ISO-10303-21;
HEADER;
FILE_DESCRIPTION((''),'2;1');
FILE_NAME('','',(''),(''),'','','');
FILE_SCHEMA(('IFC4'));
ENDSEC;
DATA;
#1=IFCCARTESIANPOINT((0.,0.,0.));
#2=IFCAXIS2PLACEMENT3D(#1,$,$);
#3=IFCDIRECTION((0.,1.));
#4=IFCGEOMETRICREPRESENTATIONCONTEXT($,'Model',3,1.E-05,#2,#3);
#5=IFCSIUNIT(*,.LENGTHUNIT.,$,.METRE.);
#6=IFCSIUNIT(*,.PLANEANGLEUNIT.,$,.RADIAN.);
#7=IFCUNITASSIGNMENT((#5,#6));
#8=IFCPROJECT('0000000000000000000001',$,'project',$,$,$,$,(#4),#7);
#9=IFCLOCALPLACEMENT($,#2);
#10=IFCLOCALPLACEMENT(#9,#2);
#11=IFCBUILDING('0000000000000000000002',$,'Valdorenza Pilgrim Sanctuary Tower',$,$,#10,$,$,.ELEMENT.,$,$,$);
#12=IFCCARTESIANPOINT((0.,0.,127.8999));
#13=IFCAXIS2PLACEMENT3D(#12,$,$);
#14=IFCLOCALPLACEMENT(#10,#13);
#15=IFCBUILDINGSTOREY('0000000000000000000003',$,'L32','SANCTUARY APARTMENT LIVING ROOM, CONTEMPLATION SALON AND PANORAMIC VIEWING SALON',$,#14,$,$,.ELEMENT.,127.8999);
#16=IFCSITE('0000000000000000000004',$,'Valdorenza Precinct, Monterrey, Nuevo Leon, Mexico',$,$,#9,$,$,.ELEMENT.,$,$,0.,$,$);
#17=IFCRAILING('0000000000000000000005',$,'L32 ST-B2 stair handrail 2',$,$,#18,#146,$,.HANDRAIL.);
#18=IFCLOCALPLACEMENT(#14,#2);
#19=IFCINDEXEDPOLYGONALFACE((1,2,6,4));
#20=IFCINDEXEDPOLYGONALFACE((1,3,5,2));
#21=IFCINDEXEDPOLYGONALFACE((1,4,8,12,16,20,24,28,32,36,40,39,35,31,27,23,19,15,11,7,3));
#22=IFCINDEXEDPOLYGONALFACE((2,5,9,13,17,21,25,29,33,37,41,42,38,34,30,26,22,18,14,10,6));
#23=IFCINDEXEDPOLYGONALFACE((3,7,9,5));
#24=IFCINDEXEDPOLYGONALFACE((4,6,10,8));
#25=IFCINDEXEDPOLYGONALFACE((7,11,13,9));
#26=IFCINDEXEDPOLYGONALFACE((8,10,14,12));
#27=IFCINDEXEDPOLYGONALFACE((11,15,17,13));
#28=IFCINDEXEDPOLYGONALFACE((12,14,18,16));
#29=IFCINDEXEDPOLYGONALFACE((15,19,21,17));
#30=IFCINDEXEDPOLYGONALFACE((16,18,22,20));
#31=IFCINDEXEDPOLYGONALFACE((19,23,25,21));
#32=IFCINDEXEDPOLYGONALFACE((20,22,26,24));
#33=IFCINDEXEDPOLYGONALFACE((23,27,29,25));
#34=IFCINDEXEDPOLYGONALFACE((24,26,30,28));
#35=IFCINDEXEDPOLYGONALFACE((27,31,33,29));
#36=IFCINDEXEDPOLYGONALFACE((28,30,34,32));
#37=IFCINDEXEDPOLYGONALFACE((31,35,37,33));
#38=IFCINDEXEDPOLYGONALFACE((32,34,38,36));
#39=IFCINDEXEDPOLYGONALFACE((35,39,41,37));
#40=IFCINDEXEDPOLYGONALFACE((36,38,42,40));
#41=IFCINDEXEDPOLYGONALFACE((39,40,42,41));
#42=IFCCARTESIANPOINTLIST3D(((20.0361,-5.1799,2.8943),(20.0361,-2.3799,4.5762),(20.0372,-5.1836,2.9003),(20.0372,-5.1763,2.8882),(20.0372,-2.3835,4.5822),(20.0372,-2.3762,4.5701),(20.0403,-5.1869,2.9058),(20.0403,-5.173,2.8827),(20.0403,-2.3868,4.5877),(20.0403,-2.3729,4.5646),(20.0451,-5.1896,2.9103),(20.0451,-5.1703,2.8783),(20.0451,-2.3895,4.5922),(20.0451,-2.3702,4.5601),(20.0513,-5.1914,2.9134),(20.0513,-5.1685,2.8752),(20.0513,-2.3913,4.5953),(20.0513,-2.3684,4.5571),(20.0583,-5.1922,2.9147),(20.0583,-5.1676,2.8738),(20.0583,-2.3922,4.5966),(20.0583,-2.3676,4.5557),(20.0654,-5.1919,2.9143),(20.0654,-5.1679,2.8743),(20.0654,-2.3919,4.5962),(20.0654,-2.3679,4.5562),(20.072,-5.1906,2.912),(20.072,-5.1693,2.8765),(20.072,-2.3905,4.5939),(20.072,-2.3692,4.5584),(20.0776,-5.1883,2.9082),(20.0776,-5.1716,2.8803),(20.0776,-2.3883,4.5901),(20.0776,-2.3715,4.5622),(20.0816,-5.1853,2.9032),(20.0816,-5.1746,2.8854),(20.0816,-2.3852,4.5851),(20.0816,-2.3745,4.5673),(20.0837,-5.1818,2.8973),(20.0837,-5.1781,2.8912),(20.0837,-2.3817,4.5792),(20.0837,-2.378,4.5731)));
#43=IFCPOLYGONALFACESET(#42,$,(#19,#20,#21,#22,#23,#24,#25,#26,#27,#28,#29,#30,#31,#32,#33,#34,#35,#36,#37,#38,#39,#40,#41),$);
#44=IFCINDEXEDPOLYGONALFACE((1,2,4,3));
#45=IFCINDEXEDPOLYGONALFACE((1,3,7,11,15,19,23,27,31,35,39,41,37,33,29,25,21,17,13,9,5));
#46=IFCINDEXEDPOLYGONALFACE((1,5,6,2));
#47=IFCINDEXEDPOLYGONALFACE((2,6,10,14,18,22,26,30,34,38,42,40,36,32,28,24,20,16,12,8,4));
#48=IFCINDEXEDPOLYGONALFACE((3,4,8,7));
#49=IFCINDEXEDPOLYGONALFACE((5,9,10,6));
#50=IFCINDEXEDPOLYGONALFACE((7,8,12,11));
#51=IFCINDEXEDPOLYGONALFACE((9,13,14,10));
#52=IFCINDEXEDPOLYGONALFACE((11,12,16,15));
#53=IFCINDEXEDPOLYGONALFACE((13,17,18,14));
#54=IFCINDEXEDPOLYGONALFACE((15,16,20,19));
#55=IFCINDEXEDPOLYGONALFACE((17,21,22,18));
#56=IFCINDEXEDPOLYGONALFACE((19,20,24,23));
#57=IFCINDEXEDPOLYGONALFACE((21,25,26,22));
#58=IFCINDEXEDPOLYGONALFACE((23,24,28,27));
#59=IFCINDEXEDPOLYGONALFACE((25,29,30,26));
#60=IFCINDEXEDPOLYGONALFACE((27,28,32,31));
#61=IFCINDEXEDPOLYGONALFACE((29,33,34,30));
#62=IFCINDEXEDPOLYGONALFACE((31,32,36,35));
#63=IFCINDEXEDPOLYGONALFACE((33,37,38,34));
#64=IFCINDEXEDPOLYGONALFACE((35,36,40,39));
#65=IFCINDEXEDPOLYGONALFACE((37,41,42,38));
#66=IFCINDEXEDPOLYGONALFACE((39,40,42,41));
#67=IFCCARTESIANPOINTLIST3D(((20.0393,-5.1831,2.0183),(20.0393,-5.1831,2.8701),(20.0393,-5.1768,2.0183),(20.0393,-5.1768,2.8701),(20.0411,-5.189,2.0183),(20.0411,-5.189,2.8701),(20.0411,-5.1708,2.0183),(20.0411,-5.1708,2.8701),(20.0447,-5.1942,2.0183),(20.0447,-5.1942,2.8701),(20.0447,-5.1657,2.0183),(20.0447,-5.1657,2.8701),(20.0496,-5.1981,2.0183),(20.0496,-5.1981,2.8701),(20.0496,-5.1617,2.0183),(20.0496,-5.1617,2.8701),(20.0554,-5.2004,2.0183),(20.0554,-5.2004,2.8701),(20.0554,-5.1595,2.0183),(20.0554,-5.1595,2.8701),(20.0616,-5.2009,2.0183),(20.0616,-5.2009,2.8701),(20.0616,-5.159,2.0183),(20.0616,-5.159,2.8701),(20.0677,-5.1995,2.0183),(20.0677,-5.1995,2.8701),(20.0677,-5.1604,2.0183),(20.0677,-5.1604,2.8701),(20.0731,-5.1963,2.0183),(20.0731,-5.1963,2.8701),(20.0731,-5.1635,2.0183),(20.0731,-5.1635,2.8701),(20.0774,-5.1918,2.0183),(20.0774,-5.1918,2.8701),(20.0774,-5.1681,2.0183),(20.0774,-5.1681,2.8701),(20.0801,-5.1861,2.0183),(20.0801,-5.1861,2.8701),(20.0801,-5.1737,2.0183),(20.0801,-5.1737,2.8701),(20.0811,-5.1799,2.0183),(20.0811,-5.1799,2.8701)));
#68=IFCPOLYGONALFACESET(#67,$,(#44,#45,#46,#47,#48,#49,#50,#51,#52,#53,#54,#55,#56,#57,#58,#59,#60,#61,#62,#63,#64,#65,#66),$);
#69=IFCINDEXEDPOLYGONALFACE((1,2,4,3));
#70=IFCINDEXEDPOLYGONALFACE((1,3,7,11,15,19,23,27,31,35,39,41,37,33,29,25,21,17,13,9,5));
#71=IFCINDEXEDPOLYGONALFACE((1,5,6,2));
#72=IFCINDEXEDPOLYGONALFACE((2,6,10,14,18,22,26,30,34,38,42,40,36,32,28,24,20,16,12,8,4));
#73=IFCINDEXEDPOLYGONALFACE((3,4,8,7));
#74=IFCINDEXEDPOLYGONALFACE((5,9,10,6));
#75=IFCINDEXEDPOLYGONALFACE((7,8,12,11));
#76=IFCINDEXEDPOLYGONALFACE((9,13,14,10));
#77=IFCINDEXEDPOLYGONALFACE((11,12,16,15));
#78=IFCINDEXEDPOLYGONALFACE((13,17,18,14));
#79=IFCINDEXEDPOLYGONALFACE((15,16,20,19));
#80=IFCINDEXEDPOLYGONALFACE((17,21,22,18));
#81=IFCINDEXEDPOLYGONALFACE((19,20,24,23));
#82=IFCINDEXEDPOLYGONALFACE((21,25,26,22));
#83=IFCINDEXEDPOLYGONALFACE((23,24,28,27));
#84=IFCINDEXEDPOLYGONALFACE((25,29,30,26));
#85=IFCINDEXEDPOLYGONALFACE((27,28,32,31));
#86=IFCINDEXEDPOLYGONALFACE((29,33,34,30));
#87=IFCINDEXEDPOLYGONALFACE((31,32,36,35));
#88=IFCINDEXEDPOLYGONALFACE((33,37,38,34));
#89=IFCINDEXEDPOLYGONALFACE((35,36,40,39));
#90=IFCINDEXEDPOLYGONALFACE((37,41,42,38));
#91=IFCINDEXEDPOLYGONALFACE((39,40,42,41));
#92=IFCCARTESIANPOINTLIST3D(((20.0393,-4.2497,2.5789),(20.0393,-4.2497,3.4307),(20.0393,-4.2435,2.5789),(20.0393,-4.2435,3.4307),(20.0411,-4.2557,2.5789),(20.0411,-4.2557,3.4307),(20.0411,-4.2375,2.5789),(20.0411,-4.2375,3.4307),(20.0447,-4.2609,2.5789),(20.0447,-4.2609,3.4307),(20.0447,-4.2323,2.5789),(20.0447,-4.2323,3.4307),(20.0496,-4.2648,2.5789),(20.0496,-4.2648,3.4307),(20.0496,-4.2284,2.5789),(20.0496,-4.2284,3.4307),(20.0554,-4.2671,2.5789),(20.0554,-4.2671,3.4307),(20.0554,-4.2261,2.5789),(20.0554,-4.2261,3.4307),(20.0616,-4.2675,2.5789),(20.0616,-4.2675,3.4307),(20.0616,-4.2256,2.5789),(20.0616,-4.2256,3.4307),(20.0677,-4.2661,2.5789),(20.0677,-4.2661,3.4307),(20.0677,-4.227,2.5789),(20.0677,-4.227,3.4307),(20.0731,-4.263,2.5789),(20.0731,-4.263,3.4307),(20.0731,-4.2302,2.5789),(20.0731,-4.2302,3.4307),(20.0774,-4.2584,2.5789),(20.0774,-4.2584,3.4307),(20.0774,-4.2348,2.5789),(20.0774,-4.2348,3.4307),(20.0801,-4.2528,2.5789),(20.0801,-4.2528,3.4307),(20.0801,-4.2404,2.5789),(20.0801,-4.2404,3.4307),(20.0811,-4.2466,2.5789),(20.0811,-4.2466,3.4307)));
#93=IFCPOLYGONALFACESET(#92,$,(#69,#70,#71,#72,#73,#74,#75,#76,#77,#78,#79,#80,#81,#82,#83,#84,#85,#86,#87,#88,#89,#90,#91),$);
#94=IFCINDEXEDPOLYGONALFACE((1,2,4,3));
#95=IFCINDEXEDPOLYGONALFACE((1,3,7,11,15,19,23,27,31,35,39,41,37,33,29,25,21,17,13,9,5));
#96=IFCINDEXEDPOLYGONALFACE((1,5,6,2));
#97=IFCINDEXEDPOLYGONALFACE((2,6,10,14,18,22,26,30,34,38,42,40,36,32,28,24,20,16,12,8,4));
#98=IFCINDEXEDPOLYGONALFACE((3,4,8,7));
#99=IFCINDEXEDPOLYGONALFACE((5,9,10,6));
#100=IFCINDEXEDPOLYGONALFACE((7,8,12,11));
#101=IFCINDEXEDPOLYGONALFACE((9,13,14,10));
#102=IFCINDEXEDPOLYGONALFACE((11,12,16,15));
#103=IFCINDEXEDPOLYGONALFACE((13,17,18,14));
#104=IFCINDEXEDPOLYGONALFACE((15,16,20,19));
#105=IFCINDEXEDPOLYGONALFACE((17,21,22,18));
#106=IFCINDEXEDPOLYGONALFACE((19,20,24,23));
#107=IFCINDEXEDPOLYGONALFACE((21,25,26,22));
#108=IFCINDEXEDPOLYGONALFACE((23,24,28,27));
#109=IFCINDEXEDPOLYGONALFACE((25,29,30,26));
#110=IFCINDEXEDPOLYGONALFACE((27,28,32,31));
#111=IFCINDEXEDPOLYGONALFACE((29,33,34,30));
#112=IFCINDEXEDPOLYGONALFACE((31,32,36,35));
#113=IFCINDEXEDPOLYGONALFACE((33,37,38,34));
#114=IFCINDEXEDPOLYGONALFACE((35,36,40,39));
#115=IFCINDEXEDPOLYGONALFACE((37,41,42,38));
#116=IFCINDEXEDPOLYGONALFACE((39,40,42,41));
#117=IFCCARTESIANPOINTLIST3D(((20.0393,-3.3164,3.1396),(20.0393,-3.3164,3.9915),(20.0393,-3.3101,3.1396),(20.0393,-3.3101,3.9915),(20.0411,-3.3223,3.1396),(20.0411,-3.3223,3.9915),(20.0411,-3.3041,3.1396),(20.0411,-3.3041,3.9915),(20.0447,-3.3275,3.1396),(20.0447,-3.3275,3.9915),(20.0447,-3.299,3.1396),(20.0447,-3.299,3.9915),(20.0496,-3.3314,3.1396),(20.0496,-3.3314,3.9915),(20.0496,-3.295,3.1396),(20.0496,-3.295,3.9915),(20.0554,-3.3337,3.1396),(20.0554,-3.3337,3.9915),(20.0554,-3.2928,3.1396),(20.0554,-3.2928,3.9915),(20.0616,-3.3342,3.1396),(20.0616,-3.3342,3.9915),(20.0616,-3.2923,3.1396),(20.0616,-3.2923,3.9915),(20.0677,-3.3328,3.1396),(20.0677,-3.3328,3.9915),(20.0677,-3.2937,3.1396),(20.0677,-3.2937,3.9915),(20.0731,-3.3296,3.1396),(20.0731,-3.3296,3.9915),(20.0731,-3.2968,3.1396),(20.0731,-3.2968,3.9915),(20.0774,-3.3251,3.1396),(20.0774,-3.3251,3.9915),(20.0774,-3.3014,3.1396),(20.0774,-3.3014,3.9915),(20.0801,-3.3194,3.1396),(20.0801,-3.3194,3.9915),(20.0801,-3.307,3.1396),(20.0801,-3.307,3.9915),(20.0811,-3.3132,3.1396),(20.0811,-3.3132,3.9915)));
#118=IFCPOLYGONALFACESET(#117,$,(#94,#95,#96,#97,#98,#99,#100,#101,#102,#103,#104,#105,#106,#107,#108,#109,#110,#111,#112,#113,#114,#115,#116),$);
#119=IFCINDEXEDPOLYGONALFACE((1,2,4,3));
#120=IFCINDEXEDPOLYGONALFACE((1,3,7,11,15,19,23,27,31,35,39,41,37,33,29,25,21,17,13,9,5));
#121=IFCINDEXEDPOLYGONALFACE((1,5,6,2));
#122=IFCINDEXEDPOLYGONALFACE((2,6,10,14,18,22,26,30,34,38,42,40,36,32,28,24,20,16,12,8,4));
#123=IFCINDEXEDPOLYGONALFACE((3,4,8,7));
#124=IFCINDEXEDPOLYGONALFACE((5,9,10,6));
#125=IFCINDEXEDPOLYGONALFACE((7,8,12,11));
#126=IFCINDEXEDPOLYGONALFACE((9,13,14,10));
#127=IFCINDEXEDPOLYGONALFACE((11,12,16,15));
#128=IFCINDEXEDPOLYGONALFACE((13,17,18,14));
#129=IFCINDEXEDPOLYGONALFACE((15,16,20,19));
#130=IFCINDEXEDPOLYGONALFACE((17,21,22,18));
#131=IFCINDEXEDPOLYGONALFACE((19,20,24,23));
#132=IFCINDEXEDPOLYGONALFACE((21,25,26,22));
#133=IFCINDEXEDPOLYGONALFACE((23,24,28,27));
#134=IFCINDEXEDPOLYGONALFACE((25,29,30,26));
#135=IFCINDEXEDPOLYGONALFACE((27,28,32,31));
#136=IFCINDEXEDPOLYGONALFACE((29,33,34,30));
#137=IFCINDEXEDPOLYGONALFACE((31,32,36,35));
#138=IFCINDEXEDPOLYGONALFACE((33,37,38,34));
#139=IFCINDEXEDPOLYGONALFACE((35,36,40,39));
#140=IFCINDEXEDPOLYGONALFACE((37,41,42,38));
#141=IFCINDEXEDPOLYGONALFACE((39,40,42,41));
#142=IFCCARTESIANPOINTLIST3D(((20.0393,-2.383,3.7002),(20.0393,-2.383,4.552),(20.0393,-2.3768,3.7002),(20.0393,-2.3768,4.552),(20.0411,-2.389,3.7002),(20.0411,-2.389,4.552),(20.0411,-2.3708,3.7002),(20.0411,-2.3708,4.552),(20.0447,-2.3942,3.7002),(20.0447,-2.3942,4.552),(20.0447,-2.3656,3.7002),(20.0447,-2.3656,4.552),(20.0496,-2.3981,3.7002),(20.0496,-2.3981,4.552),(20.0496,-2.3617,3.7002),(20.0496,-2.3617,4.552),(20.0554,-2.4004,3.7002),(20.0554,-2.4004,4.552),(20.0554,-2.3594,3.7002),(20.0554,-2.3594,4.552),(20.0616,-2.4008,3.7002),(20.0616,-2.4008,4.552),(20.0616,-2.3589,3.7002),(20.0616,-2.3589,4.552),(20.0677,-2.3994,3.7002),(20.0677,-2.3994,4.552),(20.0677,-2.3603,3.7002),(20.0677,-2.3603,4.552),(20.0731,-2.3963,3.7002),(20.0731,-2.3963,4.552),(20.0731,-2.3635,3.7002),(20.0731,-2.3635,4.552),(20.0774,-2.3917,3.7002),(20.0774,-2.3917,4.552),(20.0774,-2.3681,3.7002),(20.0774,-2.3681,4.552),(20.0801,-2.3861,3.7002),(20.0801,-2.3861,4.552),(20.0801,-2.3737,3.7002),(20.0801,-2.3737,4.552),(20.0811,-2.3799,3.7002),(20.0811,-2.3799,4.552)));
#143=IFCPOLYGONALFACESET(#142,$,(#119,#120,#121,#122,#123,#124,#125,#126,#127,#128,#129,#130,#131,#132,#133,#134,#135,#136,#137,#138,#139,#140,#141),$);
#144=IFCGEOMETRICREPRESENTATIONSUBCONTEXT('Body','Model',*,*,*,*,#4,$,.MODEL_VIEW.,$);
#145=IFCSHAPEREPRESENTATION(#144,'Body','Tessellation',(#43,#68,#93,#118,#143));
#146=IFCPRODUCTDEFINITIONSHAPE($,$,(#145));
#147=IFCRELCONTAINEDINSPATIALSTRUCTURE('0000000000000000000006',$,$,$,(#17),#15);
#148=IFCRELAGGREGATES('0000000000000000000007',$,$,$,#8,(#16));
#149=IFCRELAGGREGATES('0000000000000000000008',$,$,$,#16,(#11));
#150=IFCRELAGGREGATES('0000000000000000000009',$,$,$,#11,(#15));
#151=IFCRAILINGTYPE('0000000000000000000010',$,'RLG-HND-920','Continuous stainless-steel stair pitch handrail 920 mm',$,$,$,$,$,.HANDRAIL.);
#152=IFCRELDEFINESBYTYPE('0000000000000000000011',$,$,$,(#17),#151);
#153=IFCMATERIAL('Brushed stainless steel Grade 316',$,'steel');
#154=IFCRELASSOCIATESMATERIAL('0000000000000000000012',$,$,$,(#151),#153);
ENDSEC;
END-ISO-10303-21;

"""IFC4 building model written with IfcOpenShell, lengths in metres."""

from ifc_helpers import new_model, si_unit, direction, frame, origin, origin_2d, place, context, subcontext, project, spatial, circle, extrude, material, type_object, element, save


model = new_model("IFC4")

# Units and contexts
model_context = context("Model", 3, precision=1e-05, world=origin(), true_north=direction((0.0, 1.0)))
body_context = subcontext(model_context, "Body", "Model", "MODEL_VIEW")
ifc_project = project(units=[si_unit("LENGTHUNIT", "METRE"), si_unit("PLANEANGLEUNIT", "RADIAN")], contexts=[model_context])

# Site, building, storey
site_placement = place(None, origin())
site = spatial("IfcSite", under=ifc_project, at=site_placement, Name="Valdorenza Precinct, Monterrey, Nuevo Leon, Mexico", CompositionType="ELEMENT", RefElevation=0.0)
building_placement = place(site_placement, origin())
building = spatial("IfcBuilding", under=site, at=building_placement, Name="Valdorenza Pilgrim Sanctuary Tower", CompositionType="ELEMENT")
storey_placement = place(building_placement, frame((0.0, 0.0, 127.8999)))
storey = spatial("IfcBuildingStorey", under=building, at=storey_placement, Name="L32", Description="SANCTUARY APARTMENT LIVING ROOM, CONTEMPLATION SALON AND PANORAMIC VIEWING SALON", CompositionType="ELEMENT", Elevation=127.8999)

# Railing
ifc_material_1 = material(Name="Brushed stainless steel Grade 316", Category="steel")
railing_type_1 = type_object("IfcRailingType", Name="RLG-HND-920", Description="Continuous stainless-steel stair pitch handrail 920 mm", PredefinedType="HANDRAIL", material=ifc_material_1)
railing_1_placement = place(storey_placement, frame((20.0601, -5.1799, 2.0183)))
element("IfcRailing", 1, at=railing_1_placement, inside=storey, type_object=railing_type_1, Name="L32 ST-B2 stair handrail 2", PredefinedType="HANDRAIL", context=body_context, shape_type="SweptSolid", body=[
    extrude(circle(Radius=0.0239, at=origin_2d()), frame((0.0, 0.0, 0.876), z_axis=(0.0, 0.857242, 0.514913), x_axis=(-1.0, 0.0, 0.0)), (0.0, 0.0, 1.0), 3.2664),
    extrude(circle(Radius=0.021, at=origin_2d()), origin(), (0.0, 0.0, 1.0), 0.8518),
    extrude(circle(Radius=0.021, at=origin_2d()), frame((0.0, 0.9333, 0.5605)), (0.0, 0.0, 1.0), 0.8518),
    extrude(circle(Radius=0.021, at=origin_2d()), frame((0.0, 1.8667, 1.1213)), (0.0, 0.0, 1.0), 0.8518),
    extrude(circle(Radius=0.021, at=origin_2d()), frame((0.0, 2.8, 1.6819)), (0.0, 0.0, 1.0), 0.8518),
])

save(model, "model.ifc")
